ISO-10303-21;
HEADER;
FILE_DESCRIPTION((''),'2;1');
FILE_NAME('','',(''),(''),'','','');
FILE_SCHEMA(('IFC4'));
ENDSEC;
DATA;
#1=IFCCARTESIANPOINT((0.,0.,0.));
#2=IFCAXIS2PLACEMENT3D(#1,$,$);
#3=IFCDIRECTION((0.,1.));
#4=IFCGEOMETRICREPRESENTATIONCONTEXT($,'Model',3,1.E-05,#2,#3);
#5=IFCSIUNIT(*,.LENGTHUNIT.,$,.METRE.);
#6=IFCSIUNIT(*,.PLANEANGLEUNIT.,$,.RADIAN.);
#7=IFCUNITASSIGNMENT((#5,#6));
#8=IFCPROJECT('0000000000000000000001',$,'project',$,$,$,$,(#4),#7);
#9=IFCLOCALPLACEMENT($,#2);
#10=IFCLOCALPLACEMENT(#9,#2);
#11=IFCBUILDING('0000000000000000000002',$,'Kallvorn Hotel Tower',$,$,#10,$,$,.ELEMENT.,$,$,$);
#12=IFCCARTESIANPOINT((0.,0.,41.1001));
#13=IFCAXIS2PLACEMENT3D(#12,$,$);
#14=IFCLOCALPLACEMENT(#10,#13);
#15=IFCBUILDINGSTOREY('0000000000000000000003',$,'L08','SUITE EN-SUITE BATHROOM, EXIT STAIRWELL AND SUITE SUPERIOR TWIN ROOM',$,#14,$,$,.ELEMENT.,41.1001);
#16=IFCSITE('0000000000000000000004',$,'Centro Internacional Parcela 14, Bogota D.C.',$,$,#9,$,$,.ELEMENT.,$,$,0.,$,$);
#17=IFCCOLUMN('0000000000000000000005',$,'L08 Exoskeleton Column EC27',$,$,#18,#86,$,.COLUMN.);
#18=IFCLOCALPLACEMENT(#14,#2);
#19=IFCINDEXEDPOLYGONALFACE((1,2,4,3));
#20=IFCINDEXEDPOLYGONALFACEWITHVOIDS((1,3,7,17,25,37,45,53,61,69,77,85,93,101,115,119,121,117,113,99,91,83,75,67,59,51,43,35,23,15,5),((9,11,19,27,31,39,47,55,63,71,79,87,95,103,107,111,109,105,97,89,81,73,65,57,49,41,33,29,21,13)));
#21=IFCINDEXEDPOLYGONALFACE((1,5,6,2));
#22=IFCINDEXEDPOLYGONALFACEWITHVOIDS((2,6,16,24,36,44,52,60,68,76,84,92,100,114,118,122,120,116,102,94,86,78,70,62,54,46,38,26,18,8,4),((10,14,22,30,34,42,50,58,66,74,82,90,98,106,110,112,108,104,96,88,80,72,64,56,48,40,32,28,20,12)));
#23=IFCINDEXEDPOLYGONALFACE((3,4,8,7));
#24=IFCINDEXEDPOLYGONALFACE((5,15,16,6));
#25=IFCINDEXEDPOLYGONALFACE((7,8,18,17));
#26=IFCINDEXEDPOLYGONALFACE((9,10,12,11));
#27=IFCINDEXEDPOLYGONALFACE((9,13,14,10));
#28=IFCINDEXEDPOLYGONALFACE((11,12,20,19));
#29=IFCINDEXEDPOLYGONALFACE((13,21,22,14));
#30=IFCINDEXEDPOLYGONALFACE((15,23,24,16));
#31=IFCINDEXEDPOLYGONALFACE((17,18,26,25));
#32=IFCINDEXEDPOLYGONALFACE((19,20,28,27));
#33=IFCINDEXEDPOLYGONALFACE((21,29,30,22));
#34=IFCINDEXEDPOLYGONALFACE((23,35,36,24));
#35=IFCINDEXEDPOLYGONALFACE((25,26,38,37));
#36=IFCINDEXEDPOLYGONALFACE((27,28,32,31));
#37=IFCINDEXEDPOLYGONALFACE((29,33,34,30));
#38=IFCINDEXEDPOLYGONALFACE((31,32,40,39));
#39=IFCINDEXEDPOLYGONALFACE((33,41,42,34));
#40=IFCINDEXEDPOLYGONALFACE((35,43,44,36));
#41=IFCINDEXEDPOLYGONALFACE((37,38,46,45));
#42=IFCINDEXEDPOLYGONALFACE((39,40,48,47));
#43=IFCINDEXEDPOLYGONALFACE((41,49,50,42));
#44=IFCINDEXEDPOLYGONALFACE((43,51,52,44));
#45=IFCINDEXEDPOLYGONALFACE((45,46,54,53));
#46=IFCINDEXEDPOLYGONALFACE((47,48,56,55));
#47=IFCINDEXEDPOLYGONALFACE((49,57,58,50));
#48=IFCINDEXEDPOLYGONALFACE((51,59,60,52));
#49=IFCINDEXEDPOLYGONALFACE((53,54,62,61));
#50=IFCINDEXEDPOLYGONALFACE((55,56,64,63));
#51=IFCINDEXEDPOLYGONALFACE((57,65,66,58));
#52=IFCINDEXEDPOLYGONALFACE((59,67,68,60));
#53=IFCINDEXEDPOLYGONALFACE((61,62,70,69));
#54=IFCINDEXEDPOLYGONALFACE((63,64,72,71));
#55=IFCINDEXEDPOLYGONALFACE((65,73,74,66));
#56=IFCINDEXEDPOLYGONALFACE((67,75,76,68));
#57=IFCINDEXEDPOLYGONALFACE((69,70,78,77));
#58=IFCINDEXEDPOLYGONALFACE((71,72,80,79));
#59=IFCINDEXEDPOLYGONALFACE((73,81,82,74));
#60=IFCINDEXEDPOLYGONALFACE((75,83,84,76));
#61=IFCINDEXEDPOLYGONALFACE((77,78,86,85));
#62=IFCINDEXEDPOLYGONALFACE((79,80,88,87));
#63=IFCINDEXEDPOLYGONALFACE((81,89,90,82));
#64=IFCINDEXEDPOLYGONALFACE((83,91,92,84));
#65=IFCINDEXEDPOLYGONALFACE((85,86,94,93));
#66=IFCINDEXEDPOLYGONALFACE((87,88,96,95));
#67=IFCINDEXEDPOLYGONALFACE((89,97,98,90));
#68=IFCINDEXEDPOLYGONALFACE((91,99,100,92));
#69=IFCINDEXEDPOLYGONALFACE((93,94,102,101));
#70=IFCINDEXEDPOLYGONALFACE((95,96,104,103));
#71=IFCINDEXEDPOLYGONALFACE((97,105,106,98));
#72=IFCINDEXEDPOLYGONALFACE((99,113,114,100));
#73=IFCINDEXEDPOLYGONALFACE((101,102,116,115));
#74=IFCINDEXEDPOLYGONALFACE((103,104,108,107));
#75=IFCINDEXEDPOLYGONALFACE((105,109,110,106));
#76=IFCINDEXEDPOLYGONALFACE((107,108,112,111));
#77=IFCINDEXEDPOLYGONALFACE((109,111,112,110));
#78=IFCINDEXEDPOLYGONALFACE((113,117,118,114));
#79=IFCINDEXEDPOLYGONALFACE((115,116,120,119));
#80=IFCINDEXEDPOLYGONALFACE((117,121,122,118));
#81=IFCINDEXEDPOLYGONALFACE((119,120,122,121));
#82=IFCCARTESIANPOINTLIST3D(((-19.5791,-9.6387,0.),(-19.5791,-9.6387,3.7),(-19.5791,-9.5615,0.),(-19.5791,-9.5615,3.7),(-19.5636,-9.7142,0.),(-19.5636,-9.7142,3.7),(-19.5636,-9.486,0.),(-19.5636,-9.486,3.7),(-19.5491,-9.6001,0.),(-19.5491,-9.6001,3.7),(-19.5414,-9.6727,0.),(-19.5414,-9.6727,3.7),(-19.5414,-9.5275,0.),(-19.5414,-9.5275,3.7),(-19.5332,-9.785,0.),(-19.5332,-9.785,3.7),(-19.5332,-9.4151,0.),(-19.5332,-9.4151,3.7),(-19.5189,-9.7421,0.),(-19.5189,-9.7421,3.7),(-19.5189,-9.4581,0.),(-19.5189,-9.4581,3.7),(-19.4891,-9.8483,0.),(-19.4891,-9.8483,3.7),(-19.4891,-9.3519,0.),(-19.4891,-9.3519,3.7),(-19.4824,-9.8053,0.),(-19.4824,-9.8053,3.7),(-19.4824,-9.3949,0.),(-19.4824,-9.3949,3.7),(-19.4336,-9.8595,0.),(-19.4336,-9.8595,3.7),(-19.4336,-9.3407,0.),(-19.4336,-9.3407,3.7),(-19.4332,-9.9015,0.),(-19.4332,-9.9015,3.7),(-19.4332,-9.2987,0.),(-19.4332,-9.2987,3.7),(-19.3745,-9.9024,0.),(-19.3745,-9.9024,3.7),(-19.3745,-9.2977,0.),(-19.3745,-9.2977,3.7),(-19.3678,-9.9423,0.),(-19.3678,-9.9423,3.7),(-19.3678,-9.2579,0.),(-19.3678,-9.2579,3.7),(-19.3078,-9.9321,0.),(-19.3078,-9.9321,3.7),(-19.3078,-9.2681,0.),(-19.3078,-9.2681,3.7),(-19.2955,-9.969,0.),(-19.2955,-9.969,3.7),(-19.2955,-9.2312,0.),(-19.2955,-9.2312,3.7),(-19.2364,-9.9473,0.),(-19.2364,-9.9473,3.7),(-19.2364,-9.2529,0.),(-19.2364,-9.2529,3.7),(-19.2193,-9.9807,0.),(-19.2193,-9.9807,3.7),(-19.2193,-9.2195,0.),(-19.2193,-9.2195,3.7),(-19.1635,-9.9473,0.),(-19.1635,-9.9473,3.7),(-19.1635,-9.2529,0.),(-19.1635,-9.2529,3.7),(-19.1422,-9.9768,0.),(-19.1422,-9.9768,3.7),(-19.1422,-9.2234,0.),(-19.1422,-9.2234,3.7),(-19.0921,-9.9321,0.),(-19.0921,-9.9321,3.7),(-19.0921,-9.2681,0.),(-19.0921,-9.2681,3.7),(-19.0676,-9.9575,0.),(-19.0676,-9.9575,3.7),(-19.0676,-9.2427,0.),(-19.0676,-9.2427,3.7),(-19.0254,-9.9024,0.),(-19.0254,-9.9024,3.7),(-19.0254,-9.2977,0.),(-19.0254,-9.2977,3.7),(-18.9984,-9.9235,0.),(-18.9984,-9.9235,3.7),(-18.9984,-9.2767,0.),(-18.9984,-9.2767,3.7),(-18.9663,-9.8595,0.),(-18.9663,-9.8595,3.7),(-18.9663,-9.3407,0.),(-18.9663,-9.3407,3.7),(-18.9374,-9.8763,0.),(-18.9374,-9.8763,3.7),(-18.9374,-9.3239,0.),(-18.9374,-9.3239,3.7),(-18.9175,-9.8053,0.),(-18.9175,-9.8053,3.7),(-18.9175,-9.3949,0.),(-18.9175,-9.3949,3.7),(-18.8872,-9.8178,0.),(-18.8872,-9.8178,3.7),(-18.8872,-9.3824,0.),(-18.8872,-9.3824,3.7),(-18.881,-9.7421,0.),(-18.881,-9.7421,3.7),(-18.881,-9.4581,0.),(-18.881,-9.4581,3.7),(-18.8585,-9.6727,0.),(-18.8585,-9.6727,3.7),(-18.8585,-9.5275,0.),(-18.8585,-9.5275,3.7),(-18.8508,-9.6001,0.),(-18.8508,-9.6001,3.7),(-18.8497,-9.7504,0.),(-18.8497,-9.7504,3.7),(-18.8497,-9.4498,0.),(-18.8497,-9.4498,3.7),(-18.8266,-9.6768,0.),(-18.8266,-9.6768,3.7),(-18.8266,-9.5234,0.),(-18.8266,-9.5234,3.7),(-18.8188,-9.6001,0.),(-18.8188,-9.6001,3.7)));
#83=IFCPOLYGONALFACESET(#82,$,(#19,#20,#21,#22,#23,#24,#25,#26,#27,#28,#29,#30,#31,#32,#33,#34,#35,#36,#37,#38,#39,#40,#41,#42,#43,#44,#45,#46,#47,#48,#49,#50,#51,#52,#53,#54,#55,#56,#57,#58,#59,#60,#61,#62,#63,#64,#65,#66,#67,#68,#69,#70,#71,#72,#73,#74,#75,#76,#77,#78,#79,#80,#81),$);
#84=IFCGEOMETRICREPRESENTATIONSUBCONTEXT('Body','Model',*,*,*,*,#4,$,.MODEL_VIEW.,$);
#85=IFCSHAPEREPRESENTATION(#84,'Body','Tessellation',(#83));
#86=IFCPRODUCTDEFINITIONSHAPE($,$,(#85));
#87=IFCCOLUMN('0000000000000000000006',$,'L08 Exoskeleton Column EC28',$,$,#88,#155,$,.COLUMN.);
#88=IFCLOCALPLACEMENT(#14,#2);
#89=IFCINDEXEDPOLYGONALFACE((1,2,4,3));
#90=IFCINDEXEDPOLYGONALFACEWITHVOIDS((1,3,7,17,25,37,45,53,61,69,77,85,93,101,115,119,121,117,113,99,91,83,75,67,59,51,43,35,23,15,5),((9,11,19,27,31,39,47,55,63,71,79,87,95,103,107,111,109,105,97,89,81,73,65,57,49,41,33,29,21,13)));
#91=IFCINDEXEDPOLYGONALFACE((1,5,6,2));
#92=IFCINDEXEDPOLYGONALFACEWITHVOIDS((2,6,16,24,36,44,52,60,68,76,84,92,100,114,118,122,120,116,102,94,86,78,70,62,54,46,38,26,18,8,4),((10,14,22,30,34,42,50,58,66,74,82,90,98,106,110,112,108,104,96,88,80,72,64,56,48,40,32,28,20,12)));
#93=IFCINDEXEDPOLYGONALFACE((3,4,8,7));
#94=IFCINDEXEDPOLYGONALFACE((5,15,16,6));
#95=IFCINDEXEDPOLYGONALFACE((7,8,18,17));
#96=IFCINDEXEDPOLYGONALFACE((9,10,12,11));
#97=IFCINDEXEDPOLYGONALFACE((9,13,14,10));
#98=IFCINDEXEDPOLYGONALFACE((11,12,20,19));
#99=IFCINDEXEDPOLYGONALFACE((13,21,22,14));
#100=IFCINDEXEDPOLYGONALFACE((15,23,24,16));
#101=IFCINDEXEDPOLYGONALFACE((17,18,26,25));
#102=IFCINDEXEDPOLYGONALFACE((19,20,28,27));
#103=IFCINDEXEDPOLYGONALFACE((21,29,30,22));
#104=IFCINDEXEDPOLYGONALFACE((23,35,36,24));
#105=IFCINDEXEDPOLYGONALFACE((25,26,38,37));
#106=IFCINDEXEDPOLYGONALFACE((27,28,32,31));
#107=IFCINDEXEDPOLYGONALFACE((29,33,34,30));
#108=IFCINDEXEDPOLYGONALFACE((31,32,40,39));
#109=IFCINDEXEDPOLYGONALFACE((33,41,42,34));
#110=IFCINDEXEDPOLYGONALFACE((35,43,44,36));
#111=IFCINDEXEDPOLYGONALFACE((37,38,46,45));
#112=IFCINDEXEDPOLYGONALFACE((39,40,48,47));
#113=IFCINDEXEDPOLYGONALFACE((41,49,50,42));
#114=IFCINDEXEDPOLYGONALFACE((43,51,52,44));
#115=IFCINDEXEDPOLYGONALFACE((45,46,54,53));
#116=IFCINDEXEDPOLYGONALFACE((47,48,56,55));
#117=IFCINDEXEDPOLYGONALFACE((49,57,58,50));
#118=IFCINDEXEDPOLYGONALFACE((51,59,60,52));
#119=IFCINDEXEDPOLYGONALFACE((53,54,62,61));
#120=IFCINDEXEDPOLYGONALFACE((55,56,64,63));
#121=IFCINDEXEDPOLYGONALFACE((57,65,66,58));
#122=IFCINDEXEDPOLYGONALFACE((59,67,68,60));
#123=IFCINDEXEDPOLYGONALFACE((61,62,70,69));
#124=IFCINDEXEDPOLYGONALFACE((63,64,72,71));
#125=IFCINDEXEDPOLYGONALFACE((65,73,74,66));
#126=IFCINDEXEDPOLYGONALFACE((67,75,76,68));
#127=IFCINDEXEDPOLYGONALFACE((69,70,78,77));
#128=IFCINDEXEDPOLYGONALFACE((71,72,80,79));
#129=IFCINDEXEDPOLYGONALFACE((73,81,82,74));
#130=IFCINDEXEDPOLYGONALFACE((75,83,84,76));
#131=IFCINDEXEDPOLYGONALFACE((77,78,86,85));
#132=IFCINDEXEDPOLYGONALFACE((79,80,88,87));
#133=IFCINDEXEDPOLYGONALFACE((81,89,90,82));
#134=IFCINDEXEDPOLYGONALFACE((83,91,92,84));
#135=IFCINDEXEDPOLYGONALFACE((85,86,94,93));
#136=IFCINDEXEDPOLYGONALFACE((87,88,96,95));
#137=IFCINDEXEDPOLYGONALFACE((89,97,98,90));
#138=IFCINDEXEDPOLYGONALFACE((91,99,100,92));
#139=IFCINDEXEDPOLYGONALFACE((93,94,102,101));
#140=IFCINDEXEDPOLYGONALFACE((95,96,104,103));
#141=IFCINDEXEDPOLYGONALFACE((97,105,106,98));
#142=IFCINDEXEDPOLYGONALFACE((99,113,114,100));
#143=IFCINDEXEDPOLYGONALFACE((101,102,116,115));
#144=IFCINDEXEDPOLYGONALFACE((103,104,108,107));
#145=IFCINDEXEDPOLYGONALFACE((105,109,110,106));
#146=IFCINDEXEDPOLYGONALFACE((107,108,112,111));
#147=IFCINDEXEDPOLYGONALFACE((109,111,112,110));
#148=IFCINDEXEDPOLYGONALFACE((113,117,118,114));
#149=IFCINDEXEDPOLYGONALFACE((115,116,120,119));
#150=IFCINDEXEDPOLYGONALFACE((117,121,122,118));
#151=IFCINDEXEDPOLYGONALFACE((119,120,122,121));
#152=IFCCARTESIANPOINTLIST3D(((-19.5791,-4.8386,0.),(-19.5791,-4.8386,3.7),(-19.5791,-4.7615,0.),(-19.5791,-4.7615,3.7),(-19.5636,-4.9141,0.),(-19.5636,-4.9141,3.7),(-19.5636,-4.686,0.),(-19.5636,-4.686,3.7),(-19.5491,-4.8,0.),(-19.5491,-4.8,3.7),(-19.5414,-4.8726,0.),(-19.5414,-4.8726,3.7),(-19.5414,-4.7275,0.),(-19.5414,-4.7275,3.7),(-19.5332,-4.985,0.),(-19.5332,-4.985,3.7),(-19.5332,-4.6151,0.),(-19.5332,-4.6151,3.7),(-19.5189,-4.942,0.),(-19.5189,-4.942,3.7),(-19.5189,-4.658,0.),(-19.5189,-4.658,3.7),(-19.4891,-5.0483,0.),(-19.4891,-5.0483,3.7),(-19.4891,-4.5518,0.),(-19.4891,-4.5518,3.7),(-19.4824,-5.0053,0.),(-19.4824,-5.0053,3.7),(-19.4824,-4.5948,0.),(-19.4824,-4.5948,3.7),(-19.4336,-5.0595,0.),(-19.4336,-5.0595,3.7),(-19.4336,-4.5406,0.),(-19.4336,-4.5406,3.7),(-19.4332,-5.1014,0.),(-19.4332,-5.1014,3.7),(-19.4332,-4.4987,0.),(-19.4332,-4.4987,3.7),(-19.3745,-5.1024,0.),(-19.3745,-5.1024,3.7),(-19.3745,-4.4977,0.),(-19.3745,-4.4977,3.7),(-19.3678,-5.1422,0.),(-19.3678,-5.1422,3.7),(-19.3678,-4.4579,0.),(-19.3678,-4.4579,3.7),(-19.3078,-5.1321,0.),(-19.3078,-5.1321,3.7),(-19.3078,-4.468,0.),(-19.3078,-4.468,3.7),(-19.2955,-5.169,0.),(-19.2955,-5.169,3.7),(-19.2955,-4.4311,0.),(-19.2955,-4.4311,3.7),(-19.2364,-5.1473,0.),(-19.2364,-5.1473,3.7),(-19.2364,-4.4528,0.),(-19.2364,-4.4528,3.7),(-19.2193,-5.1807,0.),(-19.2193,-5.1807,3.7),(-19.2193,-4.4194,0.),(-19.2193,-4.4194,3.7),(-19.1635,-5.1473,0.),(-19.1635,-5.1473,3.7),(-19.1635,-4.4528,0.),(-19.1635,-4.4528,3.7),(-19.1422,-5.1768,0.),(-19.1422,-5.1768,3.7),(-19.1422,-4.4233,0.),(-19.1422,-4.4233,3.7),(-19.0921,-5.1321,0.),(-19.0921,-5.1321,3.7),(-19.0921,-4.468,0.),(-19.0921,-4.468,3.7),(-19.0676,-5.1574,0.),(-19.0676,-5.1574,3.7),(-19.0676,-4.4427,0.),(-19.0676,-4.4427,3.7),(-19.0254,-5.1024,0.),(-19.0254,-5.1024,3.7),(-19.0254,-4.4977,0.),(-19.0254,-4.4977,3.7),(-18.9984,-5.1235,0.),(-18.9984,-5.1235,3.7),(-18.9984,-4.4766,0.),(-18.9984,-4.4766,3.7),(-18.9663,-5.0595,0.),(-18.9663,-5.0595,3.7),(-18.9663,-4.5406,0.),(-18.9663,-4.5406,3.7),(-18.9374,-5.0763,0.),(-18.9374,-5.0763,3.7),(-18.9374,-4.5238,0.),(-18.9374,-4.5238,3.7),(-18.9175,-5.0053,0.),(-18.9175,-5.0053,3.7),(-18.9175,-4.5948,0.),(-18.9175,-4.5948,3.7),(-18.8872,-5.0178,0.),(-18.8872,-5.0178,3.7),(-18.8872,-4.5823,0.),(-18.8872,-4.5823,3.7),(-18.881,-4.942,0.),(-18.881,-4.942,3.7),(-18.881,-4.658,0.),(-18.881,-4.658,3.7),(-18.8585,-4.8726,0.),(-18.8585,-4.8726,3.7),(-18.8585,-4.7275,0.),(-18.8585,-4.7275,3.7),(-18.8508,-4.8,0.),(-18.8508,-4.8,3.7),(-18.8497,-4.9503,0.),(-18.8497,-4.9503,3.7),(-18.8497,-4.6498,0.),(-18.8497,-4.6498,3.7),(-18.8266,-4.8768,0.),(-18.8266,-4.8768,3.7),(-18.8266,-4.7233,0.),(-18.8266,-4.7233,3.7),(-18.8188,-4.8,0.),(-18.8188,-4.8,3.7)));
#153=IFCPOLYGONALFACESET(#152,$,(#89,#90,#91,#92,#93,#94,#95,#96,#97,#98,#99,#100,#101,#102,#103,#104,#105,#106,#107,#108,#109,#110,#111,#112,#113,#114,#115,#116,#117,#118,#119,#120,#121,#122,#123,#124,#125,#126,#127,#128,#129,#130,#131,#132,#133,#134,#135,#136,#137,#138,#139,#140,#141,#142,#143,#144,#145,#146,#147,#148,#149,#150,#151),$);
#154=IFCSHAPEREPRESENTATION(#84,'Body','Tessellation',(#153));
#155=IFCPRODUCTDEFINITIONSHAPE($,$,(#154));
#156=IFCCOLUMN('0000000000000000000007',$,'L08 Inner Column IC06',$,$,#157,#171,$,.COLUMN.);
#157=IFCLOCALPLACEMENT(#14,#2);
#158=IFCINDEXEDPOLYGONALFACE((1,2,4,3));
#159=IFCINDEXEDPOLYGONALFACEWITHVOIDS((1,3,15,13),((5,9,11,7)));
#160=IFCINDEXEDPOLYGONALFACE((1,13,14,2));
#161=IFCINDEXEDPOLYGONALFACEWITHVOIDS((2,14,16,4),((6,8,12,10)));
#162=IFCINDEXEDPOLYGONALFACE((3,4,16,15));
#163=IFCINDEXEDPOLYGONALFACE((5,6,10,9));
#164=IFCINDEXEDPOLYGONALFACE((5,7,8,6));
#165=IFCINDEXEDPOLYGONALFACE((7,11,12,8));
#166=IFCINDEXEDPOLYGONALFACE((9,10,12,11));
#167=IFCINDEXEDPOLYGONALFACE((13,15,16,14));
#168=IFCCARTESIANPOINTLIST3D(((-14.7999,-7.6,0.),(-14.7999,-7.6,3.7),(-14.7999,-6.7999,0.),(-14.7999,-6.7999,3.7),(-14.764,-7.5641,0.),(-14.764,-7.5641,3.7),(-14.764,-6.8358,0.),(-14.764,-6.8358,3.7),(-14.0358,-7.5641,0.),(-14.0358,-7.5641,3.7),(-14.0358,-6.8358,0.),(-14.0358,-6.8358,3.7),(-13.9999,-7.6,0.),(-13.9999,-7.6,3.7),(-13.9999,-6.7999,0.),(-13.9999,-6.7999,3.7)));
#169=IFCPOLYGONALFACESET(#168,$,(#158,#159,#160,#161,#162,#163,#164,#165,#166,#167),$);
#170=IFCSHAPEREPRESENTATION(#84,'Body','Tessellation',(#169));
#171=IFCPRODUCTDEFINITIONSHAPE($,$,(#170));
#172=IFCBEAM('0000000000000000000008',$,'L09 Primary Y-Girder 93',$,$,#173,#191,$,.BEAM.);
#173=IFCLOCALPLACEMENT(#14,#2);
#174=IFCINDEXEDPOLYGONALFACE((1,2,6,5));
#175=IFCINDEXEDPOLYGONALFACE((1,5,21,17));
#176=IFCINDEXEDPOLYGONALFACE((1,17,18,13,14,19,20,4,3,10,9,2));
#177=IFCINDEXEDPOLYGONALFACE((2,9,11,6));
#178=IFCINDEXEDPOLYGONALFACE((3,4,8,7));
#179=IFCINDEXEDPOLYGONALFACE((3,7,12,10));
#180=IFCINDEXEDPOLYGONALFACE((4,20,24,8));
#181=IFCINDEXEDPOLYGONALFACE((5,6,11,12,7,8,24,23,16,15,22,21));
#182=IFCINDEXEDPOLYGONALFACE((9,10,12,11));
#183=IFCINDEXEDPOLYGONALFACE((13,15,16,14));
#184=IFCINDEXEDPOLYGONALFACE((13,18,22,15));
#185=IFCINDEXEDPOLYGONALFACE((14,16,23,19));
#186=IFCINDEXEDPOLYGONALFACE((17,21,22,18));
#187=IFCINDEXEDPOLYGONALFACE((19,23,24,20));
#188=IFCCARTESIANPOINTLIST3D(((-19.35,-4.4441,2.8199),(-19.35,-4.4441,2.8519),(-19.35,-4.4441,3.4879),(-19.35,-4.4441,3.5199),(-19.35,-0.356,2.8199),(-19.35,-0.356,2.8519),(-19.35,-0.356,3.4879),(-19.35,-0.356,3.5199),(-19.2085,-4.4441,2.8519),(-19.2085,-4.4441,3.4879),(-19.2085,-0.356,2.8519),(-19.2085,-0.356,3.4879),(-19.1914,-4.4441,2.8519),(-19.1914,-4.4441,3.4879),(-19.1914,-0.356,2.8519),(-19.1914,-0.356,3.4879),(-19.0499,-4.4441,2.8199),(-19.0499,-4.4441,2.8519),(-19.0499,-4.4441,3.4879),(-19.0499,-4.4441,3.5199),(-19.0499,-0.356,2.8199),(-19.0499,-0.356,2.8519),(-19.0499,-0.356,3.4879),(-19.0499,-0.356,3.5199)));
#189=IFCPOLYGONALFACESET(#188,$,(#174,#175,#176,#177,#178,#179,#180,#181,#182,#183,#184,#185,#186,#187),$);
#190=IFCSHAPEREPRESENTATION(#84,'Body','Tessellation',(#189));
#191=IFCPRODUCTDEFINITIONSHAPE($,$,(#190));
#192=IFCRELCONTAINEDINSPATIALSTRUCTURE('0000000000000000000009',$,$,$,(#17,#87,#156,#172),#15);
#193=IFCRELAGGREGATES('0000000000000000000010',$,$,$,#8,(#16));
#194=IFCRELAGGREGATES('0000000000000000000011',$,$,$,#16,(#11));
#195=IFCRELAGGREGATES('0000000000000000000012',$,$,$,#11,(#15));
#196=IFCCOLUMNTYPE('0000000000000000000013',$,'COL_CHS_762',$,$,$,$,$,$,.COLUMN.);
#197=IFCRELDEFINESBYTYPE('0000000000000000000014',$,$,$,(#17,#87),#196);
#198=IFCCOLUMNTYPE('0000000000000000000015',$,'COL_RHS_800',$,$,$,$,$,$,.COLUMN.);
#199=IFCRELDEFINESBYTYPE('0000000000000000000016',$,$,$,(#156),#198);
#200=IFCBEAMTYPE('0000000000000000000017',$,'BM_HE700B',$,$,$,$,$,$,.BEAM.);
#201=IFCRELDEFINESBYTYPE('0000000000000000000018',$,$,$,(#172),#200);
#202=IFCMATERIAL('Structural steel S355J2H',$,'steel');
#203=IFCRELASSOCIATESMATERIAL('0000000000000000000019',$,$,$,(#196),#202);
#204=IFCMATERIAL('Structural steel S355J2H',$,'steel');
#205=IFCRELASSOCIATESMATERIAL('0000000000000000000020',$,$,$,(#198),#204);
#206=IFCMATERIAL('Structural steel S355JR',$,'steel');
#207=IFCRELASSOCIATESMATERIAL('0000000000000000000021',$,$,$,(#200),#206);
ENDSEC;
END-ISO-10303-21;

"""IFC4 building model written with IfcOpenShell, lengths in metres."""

from ifc_helpers import new_model, si_unit, direction, frame, origin, origin_2d, place, context, subcontext, project, spatial, hollow_rectangle, hollow_circle, i_section, extrude, material, material_profile, profile_set, type_object, element, save


model = new_model("IFC4")

# Units and contexts
model_context = context("Model", 3, precision=1e-05, world=origin(), true_north=direction((0.0, 1.0)))
body_context = subcontext(model_context, "Body", "Model", "MODEL_VIEW")
ifc_project = project(units=[si_unit("LENGTHUNIT", "METRE"), si_unit("PLANEANGLEUNIT", "RADIAN")], contexts=[model_context])

# Site, building, storey
site_placement = place(None, origin())
site = spatial("IfcSite", under=ifc_project, at=site_placement, Name="Centro Internacional Parcela 14, Bogota D.C.", CompositionType="ELEMENT", RefElevation=0.0)
building_placement = place(site_placement, origin())
building = spatial("IfcBuilding", under=site, at=building_placement, Name="Kallvorn Hotel Tower", CompositionType="ELEMENT")
storey_placement = place(building_placement, frame((0.0, 0.0, 41.1001)))
storey = spatial("IfcBuildingStorey", under=building, at=storey_placement, Name="L08", Description="SUITE EN-SUITE BATHROOM, EXIT STAIRWELL AND SUITE SUPERIOR TWIN ROOM", CompositionType="ELEMENT", Elevation=41.1001)

# Columns
ifc_material_1 = material(Name="Structural steel S355J2H", Category="steel")
ifc_material_profile_1 = material_profile(ifc_material_1, hollow_circle(Radius=0.3811, WallThickness=0.032, at=origin_2d()), Name="CHS 762x32")
ifc_profile_set_1 = profile_set([ifc_material_profile_1], Name="Structural steel S355J2H")
column_type_1 = type_object("IfcColumnType", Name="COL_CHS_762", PredefinedType="COLUMN", material=ifc_profile_set_1)
for number, where, z_axis, x_axis, name in (
    (1, (-19.2, -9.6001, 0.0), (0.0, 0.0, 1.0), (1.0, 0.0, 0.0), "L08 Exoskeleton Column EC27"),
    (2, (-19.2, -4.8, 0.0), (0.0, 0.0, 1.0), (1.0, 0.0, 0.0), "L08 Exoskeleton Column EC28"),
):
    element("IfcColumn", number, at=place(storey_placement, frame(where, z_axis=z_axis, x_axis=x_axis)), inside=storey, type_object=column_type_1, Name=name, PredefinedType="COLUMN", context=body_context, shape_type="SweptSolid", body=[
        extrude(hollow_circle(Radius=0.3811, WallThickness=0.032, at=origin_2d()), origin(), (0.0, 0.0, 1.0), 3.7),
    ])
ifc_material_2 = material(Name="Structural steel S355J2H", Category="steel")
ifc_material_profile_2 = material_profile(ifc_material_2, hollow_rectangle(XDim=0.8, YDim=0.8, WallThickness=0.0359, at=origin_2d()), Name="RHS 800x800x36")
ifc_profile_set_2 = profile_set([ifc_material_profile_2], Name="Structural steel S355J2H")
column_type_2 = type_object("IfcColumnType", Name="COL_RHS_800", PredefinedType="COLUMN", material=ifc_profile_set_2)
column_placement = place(storey_placement, frame((-14.3999, -7.2, 0.0), z_axis=(0.0, 0.0, 1.0), x_axis=(1.0, 0.0, 0.0)))
element("IfcColumn", 3, at=column_placement, inside=storey, type_object=column_type_2, Name="L08 Inner Column IC06", PredefinedType="COLUMN", context=body_context, shape_type="SweptSolid", body=[
    extrude(hollow_rectangle(XDim=0.8, YDim=0.8, WallThickness=0.0359, at=origin_2d()), origin(), (0.0, 0.0, 1.0), 3.7),
])

# Beam
ifc_material_3 = material(Name="Structural steel S355JR", Category="steel")
ifc_material_profile_3 = material_profile(ifc_material_3, i_section(OverallWidth=0.3, OverallDepth=0.7, WebThickness=0.0171, FlangeThickness=0.032, at=origin_2d()), Name="HE 700 B")
ifc_profile_set_3 = profile_set([ifc_material_profile_3], Name="Structural steel S355JR")
beam_type_1 = type_object("IfcBeamType", Name="BM_HE700B", PredefinedType="BEAM", material=ifc_profile_set_3)
beam_1_placement = place(storey_placement, frame((-19.2, -4.4441, 3.1699), z_axis=(0.0, 1.0, 0.0), x_axis=(-1.0, 0.0, 0.0)))
element("IfcBeam", 4, at=beam_1_placement, inside=storey, type_object=beam_type_1, Name="L09 Primary Y-Girder 93", PredefinedType="BEAM", context=body_context, shape_type="SweptSolid", body=[
    extrude(i_section(OverallWidth=0.3, OverallDepth=0.7, WebThickness=0.0171, FlangeThickness=0.032, at=origin_2d()), origin(), (0.0, 0.0, 1.0), 4.0881),
])

save(model, "model.ifc")
